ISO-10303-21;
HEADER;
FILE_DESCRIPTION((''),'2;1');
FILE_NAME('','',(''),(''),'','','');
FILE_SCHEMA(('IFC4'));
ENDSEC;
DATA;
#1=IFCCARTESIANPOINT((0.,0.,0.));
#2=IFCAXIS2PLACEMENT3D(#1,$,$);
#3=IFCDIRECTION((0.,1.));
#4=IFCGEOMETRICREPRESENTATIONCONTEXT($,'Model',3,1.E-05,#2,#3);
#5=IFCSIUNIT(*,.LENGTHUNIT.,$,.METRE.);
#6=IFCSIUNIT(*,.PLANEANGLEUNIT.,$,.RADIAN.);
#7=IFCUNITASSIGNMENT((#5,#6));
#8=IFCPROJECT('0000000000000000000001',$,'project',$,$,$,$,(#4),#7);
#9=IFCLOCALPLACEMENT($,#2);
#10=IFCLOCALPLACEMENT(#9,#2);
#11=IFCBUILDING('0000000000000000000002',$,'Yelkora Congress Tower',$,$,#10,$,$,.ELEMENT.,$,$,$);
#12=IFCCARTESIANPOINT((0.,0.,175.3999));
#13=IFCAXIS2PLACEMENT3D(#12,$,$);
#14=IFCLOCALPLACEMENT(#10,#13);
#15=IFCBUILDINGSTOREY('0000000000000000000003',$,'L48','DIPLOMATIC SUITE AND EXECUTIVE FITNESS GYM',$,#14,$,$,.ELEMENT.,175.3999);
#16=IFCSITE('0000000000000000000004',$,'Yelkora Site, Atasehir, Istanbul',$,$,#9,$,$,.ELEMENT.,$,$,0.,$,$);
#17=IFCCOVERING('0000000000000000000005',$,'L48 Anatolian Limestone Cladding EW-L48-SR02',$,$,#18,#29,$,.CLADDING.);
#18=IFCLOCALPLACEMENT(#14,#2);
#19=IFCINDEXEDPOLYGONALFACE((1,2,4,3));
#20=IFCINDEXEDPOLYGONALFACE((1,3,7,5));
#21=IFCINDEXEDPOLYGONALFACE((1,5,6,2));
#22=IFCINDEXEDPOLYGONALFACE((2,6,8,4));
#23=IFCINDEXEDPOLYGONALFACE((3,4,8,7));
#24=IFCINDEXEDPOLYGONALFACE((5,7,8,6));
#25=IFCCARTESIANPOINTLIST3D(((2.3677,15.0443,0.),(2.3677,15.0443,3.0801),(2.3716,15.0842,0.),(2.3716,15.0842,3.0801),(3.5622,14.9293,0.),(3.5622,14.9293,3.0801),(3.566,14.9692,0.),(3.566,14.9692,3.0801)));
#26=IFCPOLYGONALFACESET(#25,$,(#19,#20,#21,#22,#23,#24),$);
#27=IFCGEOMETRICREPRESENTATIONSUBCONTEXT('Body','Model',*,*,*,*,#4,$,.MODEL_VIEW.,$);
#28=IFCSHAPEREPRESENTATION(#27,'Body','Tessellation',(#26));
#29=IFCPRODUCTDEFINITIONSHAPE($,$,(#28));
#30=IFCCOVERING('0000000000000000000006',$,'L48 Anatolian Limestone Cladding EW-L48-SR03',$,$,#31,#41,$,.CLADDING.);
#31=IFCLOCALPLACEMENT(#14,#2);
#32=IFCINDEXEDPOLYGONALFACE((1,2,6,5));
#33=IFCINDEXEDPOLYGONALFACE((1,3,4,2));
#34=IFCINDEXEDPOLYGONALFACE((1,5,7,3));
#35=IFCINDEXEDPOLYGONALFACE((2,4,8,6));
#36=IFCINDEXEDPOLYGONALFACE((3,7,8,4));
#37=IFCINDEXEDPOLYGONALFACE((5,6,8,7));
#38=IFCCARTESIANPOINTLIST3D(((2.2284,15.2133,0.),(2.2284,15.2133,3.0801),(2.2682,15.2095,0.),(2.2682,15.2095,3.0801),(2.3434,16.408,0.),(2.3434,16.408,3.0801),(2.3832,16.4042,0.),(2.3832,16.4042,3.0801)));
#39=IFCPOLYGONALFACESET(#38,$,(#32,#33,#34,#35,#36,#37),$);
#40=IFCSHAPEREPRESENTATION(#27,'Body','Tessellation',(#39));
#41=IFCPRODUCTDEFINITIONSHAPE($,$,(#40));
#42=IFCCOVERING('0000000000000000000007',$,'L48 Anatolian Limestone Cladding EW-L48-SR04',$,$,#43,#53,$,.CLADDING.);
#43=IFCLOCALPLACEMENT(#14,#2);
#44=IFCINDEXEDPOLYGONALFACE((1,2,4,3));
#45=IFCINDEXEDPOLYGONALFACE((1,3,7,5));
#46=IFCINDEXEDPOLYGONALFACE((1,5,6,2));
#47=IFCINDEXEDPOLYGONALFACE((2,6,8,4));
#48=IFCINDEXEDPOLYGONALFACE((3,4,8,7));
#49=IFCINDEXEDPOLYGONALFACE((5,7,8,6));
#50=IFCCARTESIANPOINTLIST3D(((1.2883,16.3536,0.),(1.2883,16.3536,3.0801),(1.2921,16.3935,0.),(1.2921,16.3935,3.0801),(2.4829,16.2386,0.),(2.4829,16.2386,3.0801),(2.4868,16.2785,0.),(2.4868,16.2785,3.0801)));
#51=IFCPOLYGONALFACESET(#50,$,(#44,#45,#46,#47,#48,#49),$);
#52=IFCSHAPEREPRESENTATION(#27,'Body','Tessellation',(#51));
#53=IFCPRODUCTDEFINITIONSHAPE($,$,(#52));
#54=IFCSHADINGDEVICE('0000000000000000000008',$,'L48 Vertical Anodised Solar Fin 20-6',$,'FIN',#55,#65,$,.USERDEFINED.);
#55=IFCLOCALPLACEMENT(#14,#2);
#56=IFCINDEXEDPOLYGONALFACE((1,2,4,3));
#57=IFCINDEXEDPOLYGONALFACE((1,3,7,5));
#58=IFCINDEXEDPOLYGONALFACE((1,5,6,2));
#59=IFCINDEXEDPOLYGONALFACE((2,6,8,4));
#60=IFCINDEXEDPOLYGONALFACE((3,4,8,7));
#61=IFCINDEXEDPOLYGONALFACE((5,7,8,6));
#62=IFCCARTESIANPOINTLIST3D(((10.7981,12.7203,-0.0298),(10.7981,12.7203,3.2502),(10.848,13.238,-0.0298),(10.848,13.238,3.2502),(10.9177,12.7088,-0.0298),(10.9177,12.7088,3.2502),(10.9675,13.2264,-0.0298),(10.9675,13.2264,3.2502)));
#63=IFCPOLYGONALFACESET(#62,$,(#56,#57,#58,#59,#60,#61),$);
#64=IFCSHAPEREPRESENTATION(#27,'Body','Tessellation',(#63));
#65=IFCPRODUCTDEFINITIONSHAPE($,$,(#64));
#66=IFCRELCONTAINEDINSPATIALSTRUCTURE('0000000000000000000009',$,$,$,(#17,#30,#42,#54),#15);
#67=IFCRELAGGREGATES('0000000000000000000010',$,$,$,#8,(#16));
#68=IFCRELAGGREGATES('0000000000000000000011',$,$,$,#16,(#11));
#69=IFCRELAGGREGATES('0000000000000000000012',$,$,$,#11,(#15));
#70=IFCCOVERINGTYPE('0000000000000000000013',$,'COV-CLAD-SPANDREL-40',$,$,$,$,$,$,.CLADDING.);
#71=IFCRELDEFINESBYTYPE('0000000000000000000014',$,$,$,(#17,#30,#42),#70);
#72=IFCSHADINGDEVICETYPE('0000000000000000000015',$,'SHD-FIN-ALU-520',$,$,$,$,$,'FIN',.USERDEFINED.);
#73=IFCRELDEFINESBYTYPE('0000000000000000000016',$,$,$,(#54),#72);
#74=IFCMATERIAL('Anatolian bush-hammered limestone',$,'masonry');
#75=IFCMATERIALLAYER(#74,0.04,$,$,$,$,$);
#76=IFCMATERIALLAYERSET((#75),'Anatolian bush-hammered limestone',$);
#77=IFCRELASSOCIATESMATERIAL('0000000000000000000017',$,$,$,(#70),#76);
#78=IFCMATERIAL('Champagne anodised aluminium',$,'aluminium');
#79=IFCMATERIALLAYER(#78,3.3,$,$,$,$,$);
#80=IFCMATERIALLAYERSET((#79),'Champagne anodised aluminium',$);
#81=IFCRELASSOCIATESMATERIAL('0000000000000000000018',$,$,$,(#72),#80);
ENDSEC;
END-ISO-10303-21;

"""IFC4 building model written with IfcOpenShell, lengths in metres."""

from ifc_helpers import new_model, si_unit, direction, frame, frame_2d, origin, origin_2d, place, context, subcontext, project, spatial, rectangle, extrude, material, layer, layer_set, type_object, element, save


model = new_model("IFC4")

# Units and contexts
model_context = context("Model", 3, precision=1e-05, world=origin(), true_north=direction((0.0, 1.0)))
body_context = subcontext(model_context, "Body", "Model", "MODEL_VIEW")
ifc_project = project(units=[si_unit("LENGTHUNIT", "METRE"), si_unit("PLANEANGLEUNIT", "RADIAN")], contexts=[model_context])

# Site, building, storey
site_placement = place(None, origin())
site = spatial("IfcSite", under=ifc_project, at=site_placement, Name="Yelkora Site, Atasehir, Istanbul", CompositionType="ELEMENT", RefElevation=0.0)
building_placement = place(site_placement, origin())
building = spatial("IfcBuilding", under=site, at=building_placement, Name="Yelkora Congress Tower", CompositionType="ELEMENT")
storey_placement = place(building_placement, frame((0.0, 0.0, 175.3999)))
storey = spatial("IfcBuildingStorey", under=building, at=storey_placement, Name="L48", Description="DIPLOMATIC SUITE AND EXECUTIVE FITNESS GYM", CompositionType="ELEMENT", Elevation=175.3999)

# Coverings
ifc_material_1 = material(Name="Anatolian bush-hammered limestone", Category="masonry")
ifc_layer_1 = layer(ifc_material_1, 0.04)
ifc_layer_set_1 = layer_set([ifc_layer_1], Name="Anatolian bush-hammered limestone")
covering_type = type_object("IfcCoveringType", Name="COV-CLAD-SPANDREL-40", PredefinedType="CLADDING", material=ifc_layer_set_1)
covering_1_placement = place(storey_placement, frame((3.5642, 14.9492, 0.0), z_axis=(0.0, 0.0, 1.0), x_axis=(-0.995397, 0.095836, 0.0)))
element("IfcCovering", 1, at=covering_1_placement, inside=storey, type_object=covering_type, Name="L48 Anatolian Limestone Cladding EW-L48-SR02", PredefinedType="CLADDING", context=body_context, shape_type="SweptSolid", body=[
    extrude(rectangle(XDim=1.2, YDim=0.04, at=frame_2d((0.6001, 0.0))), origin(), (0.0, 0.0, 1.0), 3.0801),
])
for number, where, z_axis, x_axis, name in (
    (2, (2.2483, 15.2114, 0.0), (0.0, 0.0, 1.0), (0.095817, 0.995399, 0.0), "L48 Anatolian Limestone Cladding EW-L48-SR03"),
    (3, (2.4849, 16.2585, 0.0), (0.0, 0.0, 1.0), (-0.995399, 0.095817, 0.0), "L48 Anatolian Limestone Cladding EW-L48-SR04"),
):
    element("IfcCovering", number, at=place(storey_placement, frame(where, z_axis=z_axis, x_axis=x_axis)), inside=storey, type_object=covering_type, Name=name, PredefinedType="CLADDING", context=body_context, shape_type="SweptSolid", body=[
        extrude(rectangle(XDim=1.2002, YDim=0.04, at=frame_2d((0.6001, 0.0))), origin(), (0.0, 0.0, 1.0), 3.0801),
    ])

# Shading device
ifc_material_2 = material(Name="Champagne anodised aluminium", Category="aluminium")
ifc_layer_2 = layer(ifc_material_2, 3.3)
ifc_layer_set_2 = layer_set([ifc_layer_2], Name="Champagne anodised aluminium")
shading_device_type = type_object("IfcShadingDeviceType", Name="SHD-FIN-ALU-520", ElementType="FIN", PredefinedType="USERDEFINED", material=ifc_layer_set_2)
shading_device_placement = place(storey_placement, frame((10.8828, 12.9734, -0.0298), z_axis=(0.0, 0.0, 1.0), x_axis=(-0.995396, 0.095846, 0.0)))
element("IfcShadingDevice", 4, at=shading_device_placement, inside=storey, type_object=shading_device_type, Name="L48 Vertical Anodised Solar Fin 20-6", ObjectType="FIN", PredefinedType="USERDEFINED", context=body_context, shape_type="SweptSolid", body=[
    extrude(rectangle(XDim=0.1201, YDim=0.52, at=origin_2d()), origin(), (0.0, 0.0, 1.0), 3.28),
])

save(model, "model.ifc")
